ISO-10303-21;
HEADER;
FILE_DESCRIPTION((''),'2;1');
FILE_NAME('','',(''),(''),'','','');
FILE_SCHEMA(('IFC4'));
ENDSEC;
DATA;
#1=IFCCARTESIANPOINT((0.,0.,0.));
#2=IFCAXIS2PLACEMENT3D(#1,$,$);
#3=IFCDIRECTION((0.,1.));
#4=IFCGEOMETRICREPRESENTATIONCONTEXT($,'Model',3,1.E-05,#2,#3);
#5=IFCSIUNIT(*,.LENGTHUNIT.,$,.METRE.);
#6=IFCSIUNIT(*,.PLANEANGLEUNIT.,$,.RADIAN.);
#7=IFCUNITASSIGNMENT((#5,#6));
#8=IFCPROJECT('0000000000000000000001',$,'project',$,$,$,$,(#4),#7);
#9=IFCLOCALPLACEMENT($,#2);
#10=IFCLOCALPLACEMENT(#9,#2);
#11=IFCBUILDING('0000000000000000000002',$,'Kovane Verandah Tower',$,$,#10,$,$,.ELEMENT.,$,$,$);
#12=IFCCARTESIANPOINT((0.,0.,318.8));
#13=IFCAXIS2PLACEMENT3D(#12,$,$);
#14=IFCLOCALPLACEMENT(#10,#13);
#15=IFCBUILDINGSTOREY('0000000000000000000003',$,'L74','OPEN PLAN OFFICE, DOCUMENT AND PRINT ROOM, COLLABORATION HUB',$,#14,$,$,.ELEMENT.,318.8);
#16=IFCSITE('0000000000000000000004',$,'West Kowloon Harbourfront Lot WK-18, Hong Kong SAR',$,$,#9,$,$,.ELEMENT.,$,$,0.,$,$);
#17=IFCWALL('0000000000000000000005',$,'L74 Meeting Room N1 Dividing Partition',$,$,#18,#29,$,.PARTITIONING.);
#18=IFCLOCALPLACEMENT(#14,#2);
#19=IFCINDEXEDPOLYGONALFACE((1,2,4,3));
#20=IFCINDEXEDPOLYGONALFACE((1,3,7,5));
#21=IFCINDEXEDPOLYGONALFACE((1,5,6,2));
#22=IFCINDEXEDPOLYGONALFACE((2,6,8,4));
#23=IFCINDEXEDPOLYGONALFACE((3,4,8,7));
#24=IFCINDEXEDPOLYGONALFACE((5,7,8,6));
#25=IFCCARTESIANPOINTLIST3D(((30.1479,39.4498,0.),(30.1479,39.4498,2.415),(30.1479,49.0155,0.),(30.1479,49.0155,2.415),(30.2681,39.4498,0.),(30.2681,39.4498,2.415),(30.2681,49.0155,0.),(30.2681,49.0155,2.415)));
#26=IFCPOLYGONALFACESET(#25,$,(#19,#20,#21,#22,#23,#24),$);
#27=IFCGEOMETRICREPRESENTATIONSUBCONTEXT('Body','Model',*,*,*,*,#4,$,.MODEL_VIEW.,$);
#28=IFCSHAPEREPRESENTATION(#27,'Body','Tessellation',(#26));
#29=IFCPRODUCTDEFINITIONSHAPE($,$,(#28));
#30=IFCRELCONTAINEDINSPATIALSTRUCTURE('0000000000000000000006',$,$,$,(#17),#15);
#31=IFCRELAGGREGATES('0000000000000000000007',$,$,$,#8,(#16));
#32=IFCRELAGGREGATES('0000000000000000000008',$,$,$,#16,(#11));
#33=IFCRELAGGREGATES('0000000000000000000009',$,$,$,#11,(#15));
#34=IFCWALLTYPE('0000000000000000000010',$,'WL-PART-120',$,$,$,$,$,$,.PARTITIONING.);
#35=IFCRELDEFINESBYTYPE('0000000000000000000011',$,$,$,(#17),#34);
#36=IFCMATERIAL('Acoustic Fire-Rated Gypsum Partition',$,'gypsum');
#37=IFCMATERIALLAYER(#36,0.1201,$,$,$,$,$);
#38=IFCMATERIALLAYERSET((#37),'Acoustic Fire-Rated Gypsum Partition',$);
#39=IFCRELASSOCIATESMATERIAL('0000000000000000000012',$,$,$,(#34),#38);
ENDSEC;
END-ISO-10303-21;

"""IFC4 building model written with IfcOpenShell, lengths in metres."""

from ifc_helpers import new_model, si_unit, direction, frame, frame_2d, origin, place, context, subcontext, project, spatial, rectangle, extrude, material, layer, layer_set, type_object, element, save


model = new_model("IFC4")

# Units and contexts
model_context = context("Model", 3, precision=1e-05, world=origin(), true_north=direction((0.0, 1.0)))
body_context = subcontext(model_context, "Body", "Model", "MODEL_VIEW")
ifc_project = project(units=[si_unit("LENGTHUNIT", "METRE"), si_unit("PLANEANGLEUNIT", "RADIAN")], contexts=[model_context])

# Site, building, storey
site_placement = place(None, origin())
site = spatial("IfcSite", under=ifc_project, at=site_placement, Name="West Kowloon Harbourfront Lot WK-18, Hong Kong SAR", CompositionType="ELEMENT", RefElevation=0.0)
building_placement = place(site_placement, origin())
building = spatial("IfcBuilding", under=site, at=building_placement, Name="Kovane Verandah Tower", CompositionType="ELEMENT")
storey_placement = place(building_placement, frame((0.0, 0.0, 318.8)))
storey = spatial("IfcBuildingStorey", under=building, at=storey_placement, Name="L74", Description="OPEN PLAN OFFICE, DOCUMENT AND PRINT ROOM, COLLABORATION HUB", CompositionType="ELEMENT", Elevation=318.8)

# Wall
ifc_material_1 = material(Name="Acoustic Fire-Rated Gypsum Partition", Category="gypsum")
ifc_layer_1 = layer(ifc_material_1, 0.1201)
ifc_layer_set_1 = layer_set([ifc_layer_1], Name="Acoustic Fire-Rated Gypsum Partition")
wall_type_1 = type_object("IfcWallType", Name="WL-PART-120", PredefinedType="PARTITIONING", material=ifc_layer_set_1)
wall_1_placement = place(storey_placement, frame((30.208, 39.45, 0.0), z_axis=(0.0, 0.0, 1.0), x_axis=(0.0, 1.0, 0.0)))
element("IfcWall", 1, at=wall_1_placement, inside=storey, type_object=wall_type_1, Name="L74 Meeting Room N1 Dividing Partition", PredefinedType="PARTITIONING", context=body_context, shape_type="SweptSolid", body=[
    extrude(rectangle(XDim=9.5657, YDim=0.1201, at=frame_2d((4.7827, 0.0))), origin(), (0.0, 0.0, 1.0), 2.415),
])

save(model, "model.ifc")
